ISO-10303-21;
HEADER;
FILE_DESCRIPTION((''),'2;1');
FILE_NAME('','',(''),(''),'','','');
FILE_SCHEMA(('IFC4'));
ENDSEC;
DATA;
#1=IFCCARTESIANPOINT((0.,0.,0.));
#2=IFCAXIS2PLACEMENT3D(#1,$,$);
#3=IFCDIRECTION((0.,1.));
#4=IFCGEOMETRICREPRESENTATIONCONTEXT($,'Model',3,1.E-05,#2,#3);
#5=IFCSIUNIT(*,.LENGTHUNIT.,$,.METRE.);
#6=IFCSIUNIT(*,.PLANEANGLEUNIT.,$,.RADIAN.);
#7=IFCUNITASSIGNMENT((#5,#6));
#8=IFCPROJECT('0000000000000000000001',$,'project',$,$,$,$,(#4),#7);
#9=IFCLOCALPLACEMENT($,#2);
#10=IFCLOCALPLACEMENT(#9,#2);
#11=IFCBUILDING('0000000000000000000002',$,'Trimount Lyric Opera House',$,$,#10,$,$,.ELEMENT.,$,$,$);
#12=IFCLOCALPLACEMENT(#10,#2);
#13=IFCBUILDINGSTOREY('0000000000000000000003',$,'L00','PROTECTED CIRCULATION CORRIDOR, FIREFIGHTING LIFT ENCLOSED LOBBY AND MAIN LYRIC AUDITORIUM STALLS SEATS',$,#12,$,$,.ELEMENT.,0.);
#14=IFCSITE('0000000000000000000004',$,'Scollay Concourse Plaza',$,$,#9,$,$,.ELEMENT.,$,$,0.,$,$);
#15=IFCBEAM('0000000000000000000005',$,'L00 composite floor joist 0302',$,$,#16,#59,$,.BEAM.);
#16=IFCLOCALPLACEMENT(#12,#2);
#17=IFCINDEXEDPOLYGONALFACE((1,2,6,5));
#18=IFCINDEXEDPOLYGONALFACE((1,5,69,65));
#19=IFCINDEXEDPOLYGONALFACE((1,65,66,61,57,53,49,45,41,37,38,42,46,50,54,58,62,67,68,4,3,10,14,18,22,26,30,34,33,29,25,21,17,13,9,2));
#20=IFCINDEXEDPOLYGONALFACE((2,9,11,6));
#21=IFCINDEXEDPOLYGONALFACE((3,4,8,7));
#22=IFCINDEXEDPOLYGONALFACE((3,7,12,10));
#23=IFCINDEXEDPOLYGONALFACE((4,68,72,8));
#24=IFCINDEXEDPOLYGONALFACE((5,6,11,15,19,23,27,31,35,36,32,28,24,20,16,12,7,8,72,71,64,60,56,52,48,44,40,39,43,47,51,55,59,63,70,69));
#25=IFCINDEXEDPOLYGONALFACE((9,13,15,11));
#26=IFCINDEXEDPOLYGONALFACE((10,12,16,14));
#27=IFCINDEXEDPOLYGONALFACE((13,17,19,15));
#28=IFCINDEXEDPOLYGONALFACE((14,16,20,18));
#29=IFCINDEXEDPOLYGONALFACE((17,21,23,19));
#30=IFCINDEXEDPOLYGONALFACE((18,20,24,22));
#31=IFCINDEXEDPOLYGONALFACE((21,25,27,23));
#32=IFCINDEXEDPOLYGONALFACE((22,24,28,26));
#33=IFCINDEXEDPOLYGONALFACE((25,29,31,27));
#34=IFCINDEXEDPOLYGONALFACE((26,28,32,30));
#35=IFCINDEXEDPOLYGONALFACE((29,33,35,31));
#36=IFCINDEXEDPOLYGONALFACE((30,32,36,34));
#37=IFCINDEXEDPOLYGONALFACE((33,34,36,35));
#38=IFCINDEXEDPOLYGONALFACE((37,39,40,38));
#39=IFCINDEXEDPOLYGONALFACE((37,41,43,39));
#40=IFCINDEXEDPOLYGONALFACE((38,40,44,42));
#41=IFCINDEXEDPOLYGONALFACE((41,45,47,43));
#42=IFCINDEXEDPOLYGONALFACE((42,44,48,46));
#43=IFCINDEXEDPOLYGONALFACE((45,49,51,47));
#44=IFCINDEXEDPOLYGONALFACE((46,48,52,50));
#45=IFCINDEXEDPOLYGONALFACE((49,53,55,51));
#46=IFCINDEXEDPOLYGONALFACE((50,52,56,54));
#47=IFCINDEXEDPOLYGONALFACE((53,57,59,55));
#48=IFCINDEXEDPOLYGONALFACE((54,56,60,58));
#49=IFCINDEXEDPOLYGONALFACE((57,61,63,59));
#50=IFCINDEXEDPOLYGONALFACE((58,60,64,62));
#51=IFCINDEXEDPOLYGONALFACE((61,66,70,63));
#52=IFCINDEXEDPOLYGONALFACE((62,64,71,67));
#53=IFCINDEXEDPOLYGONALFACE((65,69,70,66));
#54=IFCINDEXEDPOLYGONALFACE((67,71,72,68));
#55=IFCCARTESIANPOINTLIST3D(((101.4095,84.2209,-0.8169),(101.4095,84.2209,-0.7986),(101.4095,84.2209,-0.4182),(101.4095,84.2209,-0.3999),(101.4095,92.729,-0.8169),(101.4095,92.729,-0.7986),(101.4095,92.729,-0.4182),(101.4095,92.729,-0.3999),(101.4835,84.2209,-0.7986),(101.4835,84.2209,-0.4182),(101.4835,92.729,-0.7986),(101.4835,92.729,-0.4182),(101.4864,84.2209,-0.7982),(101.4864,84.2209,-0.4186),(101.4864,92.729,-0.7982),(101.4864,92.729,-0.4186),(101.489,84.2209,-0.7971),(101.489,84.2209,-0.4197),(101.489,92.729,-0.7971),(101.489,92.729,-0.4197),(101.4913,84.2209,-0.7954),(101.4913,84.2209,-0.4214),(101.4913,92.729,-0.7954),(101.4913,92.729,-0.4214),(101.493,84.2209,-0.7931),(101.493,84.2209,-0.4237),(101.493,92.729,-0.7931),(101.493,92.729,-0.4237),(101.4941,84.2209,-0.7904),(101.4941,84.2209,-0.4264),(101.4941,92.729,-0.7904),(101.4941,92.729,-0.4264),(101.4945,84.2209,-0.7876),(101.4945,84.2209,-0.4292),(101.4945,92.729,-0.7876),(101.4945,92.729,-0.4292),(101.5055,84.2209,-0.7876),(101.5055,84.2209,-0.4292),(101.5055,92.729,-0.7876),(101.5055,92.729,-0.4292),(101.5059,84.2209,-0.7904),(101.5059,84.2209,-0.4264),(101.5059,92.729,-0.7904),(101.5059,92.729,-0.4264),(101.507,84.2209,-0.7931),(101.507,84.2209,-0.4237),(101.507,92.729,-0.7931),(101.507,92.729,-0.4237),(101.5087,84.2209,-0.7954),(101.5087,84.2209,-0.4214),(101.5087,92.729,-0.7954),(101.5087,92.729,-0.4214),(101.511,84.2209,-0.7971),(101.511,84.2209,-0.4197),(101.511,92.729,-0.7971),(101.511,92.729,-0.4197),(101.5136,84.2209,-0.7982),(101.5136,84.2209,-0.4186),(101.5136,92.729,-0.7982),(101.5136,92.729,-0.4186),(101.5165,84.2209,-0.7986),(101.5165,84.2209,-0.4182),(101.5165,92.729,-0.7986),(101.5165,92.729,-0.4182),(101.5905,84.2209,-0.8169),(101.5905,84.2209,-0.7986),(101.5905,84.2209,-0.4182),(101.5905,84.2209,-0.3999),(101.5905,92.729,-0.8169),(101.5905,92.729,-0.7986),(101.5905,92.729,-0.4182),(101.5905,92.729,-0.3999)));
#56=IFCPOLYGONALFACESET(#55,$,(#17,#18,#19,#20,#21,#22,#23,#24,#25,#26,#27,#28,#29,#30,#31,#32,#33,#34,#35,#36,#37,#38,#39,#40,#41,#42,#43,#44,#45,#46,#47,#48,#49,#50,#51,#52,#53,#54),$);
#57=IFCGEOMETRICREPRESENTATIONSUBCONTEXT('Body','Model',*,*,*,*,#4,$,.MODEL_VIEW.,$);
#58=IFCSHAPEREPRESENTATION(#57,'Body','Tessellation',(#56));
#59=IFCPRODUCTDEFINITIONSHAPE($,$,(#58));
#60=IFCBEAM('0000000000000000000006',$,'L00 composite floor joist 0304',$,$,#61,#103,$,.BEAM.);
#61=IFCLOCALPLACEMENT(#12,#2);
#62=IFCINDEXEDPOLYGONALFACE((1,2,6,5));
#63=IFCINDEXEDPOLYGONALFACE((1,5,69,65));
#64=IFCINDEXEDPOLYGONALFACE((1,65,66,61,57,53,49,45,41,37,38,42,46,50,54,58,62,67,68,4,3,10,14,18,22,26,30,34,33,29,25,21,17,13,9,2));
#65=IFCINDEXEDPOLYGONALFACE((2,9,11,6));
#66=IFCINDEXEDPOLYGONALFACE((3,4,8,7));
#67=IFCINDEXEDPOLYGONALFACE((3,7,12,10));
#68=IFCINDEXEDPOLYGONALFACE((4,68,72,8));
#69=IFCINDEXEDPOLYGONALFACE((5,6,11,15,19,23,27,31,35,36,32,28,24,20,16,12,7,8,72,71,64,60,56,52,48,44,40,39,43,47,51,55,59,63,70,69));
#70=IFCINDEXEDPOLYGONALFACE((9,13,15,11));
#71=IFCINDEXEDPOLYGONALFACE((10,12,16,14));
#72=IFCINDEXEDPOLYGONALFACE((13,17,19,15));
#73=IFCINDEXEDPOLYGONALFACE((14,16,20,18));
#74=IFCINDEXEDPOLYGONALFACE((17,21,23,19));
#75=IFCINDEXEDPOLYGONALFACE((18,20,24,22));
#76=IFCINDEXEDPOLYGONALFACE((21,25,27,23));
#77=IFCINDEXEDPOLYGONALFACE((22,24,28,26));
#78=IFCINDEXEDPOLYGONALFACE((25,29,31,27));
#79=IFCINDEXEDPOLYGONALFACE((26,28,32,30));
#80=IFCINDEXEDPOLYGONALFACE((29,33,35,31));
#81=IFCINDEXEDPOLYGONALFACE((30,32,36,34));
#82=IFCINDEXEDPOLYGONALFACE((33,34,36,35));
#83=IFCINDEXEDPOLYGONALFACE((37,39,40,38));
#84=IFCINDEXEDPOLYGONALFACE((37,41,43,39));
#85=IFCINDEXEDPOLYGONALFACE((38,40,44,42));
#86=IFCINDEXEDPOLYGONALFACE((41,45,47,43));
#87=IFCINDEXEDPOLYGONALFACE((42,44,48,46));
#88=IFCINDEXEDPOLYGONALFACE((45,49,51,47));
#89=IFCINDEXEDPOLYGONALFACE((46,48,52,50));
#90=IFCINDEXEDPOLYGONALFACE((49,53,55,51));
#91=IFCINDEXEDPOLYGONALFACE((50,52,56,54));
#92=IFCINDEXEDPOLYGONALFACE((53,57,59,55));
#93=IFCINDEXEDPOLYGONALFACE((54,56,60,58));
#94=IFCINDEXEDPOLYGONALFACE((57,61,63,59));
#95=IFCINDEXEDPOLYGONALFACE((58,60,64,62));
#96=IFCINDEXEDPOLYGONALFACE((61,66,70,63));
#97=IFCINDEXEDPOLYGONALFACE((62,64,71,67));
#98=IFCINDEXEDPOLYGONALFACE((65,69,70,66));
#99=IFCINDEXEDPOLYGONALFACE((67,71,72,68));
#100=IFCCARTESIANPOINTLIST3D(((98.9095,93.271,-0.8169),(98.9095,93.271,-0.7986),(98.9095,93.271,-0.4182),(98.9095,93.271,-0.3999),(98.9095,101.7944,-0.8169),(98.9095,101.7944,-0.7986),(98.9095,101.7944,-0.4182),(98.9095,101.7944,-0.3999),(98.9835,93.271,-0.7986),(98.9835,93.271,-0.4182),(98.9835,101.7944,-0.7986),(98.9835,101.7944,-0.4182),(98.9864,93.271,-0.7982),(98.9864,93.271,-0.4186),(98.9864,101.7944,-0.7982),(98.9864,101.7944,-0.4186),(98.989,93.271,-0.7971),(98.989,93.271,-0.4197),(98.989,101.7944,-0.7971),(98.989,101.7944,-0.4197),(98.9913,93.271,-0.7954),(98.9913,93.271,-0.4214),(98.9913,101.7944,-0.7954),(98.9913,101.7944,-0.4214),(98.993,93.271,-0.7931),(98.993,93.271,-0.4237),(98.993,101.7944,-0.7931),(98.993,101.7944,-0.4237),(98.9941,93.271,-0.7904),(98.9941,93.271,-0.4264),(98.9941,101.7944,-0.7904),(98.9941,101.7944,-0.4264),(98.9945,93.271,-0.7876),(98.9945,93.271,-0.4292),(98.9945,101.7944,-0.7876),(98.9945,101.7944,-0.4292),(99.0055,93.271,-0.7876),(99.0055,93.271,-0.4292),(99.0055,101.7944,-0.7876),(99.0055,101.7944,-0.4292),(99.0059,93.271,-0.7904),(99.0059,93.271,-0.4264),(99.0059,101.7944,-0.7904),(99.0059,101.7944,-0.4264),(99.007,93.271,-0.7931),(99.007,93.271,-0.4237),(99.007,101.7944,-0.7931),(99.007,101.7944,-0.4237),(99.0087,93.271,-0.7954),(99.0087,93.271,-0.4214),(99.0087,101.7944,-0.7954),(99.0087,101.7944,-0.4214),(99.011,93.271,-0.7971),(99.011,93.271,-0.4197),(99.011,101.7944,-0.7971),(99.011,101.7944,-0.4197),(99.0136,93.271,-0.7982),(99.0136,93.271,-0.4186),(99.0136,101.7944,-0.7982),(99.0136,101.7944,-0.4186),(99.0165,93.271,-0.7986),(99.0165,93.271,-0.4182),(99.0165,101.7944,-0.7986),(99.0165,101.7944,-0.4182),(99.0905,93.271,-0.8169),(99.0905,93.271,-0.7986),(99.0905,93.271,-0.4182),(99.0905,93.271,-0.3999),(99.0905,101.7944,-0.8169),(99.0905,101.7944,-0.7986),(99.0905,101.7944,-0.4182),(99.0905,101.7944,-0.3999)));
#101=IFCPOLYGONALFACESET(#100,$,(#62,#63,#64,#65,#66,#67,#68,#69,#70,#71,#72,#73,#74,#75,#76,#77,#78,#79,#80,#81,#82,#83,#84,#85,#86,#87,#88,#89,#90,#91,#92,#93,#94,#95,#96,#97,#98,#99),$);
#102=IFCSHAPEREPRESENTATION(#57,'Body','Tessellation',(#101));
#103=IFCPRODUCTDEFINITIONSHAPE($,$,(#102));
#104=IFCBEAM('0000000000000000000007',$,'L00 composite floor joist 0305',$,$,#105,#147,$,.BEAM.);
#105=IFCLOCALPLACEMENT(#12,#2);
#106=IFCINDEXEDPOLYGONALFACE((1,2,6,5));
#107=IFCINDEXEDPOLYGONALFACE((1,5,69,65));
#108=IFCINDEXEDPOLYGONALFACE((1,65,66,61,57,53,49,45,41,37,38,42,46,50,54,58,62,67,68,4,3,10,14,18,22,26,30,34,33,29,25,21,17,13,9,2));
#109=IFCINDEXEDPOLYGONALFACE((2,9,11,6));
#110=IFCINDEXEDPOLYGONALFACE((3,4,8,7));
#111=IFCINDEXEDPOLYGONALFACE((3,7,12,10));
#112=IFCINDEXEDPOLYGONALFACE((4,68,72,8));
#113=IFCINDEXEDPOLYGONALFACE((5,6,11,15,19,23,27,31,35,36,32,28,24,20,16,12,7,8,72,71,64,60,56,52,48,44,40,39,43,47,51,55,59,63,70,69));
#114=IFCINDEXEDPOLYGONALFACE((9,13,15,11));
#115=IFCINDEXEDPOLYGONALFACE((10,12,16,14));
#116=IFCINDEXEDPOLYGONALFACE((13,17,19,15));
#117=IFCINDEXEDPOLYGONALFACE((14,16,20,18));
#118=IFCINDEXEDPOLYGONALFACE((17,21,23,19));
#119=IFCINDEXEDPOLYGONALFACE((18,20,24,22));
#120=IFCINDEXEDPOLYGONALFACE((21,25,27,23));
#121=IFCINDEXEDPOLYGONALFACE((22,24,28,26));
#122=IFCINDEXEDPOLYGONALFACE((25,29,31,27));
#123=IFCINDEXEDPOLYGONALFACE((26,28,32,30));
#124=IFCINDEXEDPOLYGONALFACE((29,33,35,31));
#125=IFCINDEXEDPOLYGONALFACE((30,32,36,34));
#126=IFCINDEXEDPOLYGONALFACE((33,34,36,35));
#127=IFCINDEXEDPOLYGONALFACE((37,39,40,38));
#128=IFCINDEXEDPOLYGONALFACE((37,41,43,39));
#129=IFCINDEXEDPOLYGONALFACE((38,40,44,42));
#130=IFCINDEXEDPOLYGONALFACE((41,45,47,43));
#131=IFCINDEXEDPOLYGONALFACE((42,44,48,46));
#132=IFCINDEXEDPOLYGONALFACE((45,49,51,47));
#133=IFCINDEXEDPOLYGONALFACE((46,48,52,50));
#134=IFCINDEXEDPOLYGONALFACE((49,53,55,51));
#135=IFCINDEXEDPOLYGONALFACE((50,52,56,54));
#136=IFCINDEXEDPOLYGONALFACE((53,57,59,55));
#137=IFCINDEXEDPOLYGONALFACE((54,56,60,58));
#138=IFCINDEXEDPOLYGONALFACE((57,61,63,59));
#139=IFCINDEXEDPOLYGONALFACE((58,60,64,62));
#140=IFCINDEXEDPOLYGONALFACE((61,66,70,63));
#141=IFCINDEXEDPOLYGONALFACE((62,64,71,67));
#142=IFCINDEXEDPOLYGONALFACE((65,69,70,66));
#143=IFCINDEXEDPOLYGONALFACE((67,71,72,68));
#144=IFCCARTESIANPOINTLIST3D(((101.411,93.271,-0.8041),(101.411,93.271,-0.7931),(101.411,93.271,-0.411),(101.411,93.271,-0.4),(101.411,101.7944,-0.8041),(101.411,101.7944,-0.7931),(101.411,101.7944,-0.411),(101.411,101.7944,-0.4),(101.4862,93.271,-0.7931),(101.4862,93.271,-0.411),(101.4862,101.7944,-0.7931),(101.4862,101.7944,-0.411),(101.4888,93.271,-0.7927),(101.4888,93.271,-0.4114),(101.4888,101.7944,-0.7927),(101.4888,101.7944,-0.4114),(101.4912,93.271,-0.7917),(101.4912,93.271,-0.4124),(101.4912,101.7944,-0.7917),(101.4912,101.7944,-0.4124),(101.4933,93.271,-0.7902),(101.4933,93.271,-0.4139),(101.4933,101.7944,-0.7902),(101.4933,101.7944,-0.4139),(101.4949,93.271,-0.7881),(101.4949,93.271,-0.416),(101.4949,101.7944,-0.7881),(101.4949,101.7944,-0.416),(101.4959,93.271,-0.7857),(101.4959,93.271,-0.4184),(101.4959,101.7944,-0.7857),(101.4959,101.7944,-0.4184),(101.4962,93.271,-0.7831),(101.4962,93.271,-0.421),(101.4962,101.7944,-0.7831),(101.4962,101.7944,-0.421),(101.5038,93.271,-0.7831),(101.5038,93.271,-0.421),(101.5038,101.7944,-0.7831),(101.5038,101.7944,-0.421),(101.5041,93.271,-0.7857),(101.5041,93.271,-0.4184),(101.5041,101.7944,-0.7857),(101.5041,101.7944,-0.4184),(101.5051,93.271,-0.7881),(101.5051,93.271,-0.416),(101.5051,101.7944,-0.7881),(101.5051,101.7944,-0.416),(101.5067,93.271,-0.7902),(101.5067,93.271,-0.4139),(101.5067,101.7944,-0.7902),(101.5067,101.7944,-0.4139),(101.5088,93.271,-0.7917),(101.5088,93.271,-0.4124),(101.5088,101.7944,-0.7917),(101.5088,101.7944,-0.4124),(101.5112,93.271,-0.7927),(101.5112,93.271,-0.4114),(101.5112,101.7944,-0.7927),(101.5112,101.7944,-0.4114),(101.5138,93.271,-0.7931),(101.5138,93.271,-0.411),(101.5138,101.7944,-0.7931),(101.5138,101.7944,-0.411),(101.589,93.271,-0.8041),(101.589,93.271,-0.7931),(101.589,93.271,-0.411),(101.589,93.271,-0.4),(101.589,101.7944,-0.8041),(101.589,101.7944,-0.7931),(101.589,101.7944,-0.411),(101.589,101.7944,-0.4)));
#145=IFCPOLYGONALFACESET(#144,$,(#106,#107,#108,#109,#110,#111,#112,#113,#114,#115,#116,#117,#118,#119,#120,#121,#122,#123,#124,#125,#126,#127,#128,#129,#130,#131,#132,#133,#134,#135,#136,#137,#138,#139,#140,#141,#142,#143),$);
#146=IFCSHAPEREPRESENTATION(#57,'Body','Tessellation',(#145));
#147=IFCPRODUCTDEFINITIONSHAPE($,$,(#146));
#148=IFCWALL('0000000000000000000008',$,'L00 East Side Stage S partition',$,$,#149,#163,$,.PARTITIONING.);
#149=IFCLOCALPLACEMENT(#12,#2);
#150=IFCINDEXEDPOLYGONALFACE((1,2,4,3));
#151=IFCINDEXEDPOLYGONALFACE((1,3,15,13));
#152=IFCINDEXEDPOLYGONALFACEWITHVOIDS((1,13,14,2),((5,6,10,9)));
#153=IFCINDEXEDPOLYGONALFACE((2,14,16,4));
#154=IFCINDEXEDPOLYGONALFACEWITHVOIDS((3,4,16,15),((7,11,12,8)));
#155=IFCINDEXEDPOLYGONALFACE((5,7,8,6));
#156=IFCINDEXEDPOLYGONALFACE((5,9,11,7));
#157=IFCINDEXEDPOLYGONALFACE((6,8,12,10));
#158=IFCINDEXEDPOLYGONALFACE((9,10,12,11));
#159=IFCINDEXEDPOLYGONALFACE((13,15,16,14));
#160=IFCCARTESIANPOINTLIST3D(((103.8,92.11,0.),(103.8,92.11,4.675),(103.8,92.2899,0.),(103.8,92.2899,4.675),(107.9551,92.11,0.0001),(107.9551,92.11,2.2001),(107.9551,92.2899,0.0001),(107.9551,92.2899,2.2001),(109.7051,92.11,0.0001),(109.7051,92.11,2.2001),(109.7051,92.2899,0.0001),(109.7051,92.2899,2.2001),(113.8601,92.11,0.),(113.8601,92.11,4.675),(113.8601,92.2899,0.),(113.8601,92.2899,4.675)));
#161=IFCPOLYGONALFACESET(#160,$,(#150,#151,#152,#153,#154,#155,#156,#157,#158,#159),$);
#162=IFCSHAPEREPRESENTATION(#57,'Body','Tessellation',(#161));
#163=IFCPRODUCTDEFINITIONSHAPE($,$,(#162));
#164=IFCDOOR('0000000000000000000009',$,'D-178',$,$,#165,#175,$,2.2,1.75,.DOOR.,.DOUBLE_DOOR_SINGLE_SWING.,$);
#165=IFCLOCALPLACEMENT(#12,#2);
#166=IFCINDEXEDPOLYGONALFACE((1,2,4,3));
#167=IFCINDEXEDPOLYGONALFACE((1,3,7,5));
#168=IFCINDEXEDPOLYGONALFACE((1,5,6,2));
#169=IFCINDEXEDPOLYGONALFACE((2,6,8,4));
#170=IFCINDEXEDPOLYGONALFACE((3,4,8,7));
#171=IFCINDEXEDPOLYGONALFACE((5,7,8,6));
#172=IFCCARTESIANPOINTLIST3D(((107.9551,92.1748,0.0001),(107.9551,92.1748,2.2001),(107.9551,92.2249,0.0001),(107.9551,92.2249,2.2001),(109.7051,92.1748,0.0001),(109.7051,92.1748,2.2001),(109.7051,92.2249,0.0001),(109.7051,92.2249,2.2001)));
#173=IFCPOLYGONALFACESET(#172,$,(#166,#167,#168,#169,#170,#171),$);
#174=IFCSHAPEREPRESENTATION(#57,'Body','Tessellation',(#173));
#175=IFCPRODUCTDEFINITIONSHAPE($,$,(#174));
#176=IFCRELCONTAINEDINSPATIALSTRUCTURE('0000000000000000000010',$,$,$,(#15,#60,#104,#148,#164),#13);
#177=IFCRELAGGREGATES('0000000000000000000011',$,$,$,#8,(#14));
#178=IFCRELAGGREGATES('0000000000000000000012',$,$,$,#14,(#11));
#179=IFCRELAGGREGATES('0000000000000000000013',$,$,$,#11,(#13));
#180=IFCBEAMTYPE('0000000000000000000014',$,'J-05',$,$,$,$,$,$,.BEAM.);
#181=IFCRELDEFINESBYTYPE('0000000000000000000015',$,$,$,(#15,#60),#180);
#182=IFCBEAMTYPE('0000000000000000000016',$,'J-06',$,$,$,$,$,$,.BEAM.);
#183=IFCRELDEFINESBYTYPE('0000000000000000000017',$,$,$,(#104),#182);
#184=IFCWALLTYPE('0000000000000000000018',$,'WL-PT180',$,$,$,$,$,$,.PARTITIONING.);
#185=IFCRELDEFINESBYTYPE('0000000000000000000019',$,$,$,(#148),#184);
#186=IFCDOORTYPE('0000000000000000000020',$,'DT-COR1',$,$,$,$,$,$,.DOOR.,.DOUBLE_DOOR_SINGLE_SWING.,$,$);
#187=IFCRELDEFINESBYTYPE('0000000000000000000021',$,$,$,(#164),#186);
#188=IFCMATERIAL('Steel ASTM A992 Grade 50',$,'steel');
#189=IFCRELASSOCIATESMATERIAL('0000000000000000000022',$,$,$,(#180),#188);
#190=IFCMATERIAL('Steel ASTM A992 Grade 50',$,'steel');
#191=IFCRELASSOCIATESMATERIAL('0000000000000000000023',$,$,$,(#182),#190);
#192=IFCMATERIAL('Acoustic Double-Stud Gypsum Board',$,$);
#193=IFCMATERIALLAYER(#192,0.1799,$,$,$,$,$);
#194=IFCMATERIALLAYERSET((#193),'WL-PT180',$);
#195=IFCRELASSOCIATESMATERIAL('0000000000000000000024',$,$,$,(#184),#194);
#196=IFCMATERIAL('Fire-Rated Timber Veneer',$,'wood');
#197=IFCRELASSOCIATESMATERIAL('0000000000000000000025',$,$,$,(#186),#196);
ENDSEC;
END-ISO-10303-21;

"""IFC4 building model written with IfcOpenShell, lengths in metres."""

from ifc_helpers import new_model, si_unit, direction, frame, frame_2d, origin, origin_2d, place, context, subcontext, project, spatial, rectangle, i_section, extrude, material, layer, layer_set, material_profile, profile_set, type_object, element, fill, save


model = new_model("IFC4")

# Units and contexts
model_context = context("Model", 3, precision=1e-05, world=origin(), true_north=direction((0.0, 1.0)))
body_context = subcontext(model_context, "Body", "Model", "MODEL_VIEW")
ifc_project = project(units=[si_unit("LENGTHUNIT", "METRE"), si_unit("PLANEANGLEUNIT", "RADIAN")], contexts=[model_context])

# Site, building, storey
site_placement = place(None, origin())
site = spatial("IfcSite", under=ifc_project, at=site_placement, Name="Scollay Concourse Plaza", CompositionType="ELEMENT", RefElevation=0.0)
building_placement = place(site_placement, origin())
building = spatial("IfcBuilding", under=site, at=building_placement, Name="Trimount Lyric Opera House", CompositionType="ELEMENT")
storey_placement = place(building_placement, origin())
storey = spatial("IfcBuildingStorey", under=building, at=storey_placement, Name="L00", Description="PROTECTED CIRCULATION CORRIDOR, FIREFIGHTING LIFT ENCLOSED LOBBY AND MAIN LYRIC AUDITORIUM STALLS SEATS", CompositionType="ELEMENT", Elevation=0.0)

# Beams
ifc_material_1 = material(Name="Steel ASTM A992 Grade 50", Category="steel")
ifc_material_profile_1 = material_profile(ifc_material_1, i_section(OverallWidth=0.1809, OverallDepth=0.417, WebThickness=0.011, FlangeThickness=0.0183, FilletRadius=0.011, at=origin_2d()), Name="W16X57")
ifc_profile_set_1 = profile_set([ifc_material_profile_1], Name="Steel ASTM A992 Grade 50")
beam_type_1 = type_object("IfcBeamType", Name="J-05", PredefinedType="BEAM", material=ifc_profile_set_1)
beam_1_placement = place(storey_placement, frame((101.5, 84.2209, -0.6084), z_axis=(0.0, 1.0, 0.0), x_axis=(-1.0, 0.0, 0.0)))
element("IfcBeam", 1, at=beam_1_placement, inside=storey, type_object=beam_type_1, Name="L00 composite floor joist 0302", PredefinedType="BEAM", context=body_context, shape_type="SweptSolid", body=[
    extrude(i_section(OverallWidth=0.1809, OverallDepth=0.417, WebThickness=0.011, FlangeThickness=0.0183, FilletRadius=0.011, at=origin_2d()), origin(), (0.0, 0.0, 1.0), 8.5081),
])
beam_2_placement = place(storey_placement, frame((99.0, 93.271, -0.6084), z_axis=(0.0, 1.0, 0.0), x_axis=(-1.0, 0.0, 0.0)))
element("IfcBeam", 2, at=beam_2_placement, inside=storey, type_object=beam_type_1, Name="L00 composite floor joist 0304", PredefinedType="BEAM", context=body_context, shape_type="SweptSolid", body=[
    extrude(i_section(OverallWidth=0.1809, OverallDepth=0.417, WebThickness=0.011, FlangeThickness=0.0183, FilletRadius=0.011, at=origin_2d()), origin(), (0.0, 0.0, 1.0), 8.5234),
])
ifc_material_2 = material(Name="Steel ASTM A992 Grade 50", Category="steel")
ifc_material_profile_2 = material_profile(ifc_material_2, i_section(OverallWidth=0.178, OverallDepth=0.4041, WebThickness=0.0076, FlangeThickness=0.011, FilletRadius=0.01, at=origin_2d()), Name="W16X36")
ifc_profile_set_2 = profile_set([ifc_material_profile_2], Name="Steel ASTM A992 Grade 50")
beam_type_2 = type_object("IfcBeamType", Name="J-06", PredefinedType="BEAM", material=ifc_profile_set_2)
beam_3_placement = place(storey_placement, frame((101.5, 93.271, -0.6021), z_axis=(0.0, 1.0, 0.0), x_axis=(-1.0, 0.0, 0.0)))
element("IfcBeam", 3, at=beam_3_placement, inside=storey, type_object=beam_type_2, Name="L00 composite floor joist 0305", PredefinedType="BEAM", context=body_context, shape_type="SweptSolid", body=[
    extrude(i_section(OverallWidth=0.178, OverallDepth=0.4041, WebThickness=0.0076, FlangeThickness=0.011, FilletRadius=0.01, at=origin_2d()), origin(), (0.0, 0.0, 1.0), 8.5234),
])

# Wall, opening, door
ifc_material_3 = material(Name="Acoustic Double-Stud Gypsum Board")
ifc_layer_1 = layer(ifc_material_3, 0.1799)
ifc_layer_set_1 = layer_set([ifc_layer_1], Name="WL-PT180")
wall_type_1 = type_object("IfcWallType", Name="WL-PT180", PredefinedType="PARTITIONING", material=ifc_layer_set_1)
wall_1_placement = place(storey_placement, frame((103.8, 92.2, 0.0), z_axis=(0.0, 0.0, 1.0), x_axis=(1.0, 0.0, 0.0)))
wall_1 = element("IfcWall", 4, at=wall_1_placement, inside=storey, type_object=wall_type_1, Name="L00 East Side Stage S partition", PredefinedType="PARTITIONING", context=body_context, shape_type="SweptSolid", body=[
    extrude(rectangle(XDim=10.0601, YDim=0.1799, at=frame_2d((5.03, 0.0))), origin(), (0.0, 0.0, 1.0), 4.675),
])
opening_placement = place(wall_1_placement, frame((4.155, 0.0, 0.0)))
opening = element("IfcOpeningElement", 5, at=opening_placement, cuts=wall_1, PredefinedType="OPENING", context=body_context, shape_type="SweptSolid", body=[
    extrude(rectangle(XDim=1.75, YDim=2.2, at=frame_2d((0.875, 1.1001))), frame((0.0, 0.1001, 0.0), z_axis=(0.0, -1.0, 0.0), x_axis=(1.0, 0.0, 0.0)), (0.0, 0.0, 1.0), 0.2),
])
ifc_material_4 = material(Name="Fire-Rated Timber Veneer", Category="wood")
door_type = type_object("IfcDoorType", Name="DT-COR1", OperationType="DOUBLE_DOOR_SINGLE_SWING", PredefinedType="DOOR", material=ifc_material_4)
door_placement = place(opening_placement, origin())
door = element("IfcDoor", 6, at=door_placement, inside=storey, type_object=door_type, Name="D-178", OperationType="DOUBLE_DOOR_SINGLE_SWING", OverallHeight=2.2, OverallWidth=1.75, PredefinedType="DOOR", context=body_context, shape_type="SweptSolid", body=[
    extrude(rectangle(XDim=1.75, YDim=2.2, at=frame_2d((0.875, 1.1001))), frame((0.0, 0.0249, 0.0), z_axis=(0.0, -1.0, 0.0), x_axis=(1.0, 0.0, 0.0)), (0.0, 0.0, 1.0), 0.05),
])
fill(opening, door)

save(model, "model.ifc")
